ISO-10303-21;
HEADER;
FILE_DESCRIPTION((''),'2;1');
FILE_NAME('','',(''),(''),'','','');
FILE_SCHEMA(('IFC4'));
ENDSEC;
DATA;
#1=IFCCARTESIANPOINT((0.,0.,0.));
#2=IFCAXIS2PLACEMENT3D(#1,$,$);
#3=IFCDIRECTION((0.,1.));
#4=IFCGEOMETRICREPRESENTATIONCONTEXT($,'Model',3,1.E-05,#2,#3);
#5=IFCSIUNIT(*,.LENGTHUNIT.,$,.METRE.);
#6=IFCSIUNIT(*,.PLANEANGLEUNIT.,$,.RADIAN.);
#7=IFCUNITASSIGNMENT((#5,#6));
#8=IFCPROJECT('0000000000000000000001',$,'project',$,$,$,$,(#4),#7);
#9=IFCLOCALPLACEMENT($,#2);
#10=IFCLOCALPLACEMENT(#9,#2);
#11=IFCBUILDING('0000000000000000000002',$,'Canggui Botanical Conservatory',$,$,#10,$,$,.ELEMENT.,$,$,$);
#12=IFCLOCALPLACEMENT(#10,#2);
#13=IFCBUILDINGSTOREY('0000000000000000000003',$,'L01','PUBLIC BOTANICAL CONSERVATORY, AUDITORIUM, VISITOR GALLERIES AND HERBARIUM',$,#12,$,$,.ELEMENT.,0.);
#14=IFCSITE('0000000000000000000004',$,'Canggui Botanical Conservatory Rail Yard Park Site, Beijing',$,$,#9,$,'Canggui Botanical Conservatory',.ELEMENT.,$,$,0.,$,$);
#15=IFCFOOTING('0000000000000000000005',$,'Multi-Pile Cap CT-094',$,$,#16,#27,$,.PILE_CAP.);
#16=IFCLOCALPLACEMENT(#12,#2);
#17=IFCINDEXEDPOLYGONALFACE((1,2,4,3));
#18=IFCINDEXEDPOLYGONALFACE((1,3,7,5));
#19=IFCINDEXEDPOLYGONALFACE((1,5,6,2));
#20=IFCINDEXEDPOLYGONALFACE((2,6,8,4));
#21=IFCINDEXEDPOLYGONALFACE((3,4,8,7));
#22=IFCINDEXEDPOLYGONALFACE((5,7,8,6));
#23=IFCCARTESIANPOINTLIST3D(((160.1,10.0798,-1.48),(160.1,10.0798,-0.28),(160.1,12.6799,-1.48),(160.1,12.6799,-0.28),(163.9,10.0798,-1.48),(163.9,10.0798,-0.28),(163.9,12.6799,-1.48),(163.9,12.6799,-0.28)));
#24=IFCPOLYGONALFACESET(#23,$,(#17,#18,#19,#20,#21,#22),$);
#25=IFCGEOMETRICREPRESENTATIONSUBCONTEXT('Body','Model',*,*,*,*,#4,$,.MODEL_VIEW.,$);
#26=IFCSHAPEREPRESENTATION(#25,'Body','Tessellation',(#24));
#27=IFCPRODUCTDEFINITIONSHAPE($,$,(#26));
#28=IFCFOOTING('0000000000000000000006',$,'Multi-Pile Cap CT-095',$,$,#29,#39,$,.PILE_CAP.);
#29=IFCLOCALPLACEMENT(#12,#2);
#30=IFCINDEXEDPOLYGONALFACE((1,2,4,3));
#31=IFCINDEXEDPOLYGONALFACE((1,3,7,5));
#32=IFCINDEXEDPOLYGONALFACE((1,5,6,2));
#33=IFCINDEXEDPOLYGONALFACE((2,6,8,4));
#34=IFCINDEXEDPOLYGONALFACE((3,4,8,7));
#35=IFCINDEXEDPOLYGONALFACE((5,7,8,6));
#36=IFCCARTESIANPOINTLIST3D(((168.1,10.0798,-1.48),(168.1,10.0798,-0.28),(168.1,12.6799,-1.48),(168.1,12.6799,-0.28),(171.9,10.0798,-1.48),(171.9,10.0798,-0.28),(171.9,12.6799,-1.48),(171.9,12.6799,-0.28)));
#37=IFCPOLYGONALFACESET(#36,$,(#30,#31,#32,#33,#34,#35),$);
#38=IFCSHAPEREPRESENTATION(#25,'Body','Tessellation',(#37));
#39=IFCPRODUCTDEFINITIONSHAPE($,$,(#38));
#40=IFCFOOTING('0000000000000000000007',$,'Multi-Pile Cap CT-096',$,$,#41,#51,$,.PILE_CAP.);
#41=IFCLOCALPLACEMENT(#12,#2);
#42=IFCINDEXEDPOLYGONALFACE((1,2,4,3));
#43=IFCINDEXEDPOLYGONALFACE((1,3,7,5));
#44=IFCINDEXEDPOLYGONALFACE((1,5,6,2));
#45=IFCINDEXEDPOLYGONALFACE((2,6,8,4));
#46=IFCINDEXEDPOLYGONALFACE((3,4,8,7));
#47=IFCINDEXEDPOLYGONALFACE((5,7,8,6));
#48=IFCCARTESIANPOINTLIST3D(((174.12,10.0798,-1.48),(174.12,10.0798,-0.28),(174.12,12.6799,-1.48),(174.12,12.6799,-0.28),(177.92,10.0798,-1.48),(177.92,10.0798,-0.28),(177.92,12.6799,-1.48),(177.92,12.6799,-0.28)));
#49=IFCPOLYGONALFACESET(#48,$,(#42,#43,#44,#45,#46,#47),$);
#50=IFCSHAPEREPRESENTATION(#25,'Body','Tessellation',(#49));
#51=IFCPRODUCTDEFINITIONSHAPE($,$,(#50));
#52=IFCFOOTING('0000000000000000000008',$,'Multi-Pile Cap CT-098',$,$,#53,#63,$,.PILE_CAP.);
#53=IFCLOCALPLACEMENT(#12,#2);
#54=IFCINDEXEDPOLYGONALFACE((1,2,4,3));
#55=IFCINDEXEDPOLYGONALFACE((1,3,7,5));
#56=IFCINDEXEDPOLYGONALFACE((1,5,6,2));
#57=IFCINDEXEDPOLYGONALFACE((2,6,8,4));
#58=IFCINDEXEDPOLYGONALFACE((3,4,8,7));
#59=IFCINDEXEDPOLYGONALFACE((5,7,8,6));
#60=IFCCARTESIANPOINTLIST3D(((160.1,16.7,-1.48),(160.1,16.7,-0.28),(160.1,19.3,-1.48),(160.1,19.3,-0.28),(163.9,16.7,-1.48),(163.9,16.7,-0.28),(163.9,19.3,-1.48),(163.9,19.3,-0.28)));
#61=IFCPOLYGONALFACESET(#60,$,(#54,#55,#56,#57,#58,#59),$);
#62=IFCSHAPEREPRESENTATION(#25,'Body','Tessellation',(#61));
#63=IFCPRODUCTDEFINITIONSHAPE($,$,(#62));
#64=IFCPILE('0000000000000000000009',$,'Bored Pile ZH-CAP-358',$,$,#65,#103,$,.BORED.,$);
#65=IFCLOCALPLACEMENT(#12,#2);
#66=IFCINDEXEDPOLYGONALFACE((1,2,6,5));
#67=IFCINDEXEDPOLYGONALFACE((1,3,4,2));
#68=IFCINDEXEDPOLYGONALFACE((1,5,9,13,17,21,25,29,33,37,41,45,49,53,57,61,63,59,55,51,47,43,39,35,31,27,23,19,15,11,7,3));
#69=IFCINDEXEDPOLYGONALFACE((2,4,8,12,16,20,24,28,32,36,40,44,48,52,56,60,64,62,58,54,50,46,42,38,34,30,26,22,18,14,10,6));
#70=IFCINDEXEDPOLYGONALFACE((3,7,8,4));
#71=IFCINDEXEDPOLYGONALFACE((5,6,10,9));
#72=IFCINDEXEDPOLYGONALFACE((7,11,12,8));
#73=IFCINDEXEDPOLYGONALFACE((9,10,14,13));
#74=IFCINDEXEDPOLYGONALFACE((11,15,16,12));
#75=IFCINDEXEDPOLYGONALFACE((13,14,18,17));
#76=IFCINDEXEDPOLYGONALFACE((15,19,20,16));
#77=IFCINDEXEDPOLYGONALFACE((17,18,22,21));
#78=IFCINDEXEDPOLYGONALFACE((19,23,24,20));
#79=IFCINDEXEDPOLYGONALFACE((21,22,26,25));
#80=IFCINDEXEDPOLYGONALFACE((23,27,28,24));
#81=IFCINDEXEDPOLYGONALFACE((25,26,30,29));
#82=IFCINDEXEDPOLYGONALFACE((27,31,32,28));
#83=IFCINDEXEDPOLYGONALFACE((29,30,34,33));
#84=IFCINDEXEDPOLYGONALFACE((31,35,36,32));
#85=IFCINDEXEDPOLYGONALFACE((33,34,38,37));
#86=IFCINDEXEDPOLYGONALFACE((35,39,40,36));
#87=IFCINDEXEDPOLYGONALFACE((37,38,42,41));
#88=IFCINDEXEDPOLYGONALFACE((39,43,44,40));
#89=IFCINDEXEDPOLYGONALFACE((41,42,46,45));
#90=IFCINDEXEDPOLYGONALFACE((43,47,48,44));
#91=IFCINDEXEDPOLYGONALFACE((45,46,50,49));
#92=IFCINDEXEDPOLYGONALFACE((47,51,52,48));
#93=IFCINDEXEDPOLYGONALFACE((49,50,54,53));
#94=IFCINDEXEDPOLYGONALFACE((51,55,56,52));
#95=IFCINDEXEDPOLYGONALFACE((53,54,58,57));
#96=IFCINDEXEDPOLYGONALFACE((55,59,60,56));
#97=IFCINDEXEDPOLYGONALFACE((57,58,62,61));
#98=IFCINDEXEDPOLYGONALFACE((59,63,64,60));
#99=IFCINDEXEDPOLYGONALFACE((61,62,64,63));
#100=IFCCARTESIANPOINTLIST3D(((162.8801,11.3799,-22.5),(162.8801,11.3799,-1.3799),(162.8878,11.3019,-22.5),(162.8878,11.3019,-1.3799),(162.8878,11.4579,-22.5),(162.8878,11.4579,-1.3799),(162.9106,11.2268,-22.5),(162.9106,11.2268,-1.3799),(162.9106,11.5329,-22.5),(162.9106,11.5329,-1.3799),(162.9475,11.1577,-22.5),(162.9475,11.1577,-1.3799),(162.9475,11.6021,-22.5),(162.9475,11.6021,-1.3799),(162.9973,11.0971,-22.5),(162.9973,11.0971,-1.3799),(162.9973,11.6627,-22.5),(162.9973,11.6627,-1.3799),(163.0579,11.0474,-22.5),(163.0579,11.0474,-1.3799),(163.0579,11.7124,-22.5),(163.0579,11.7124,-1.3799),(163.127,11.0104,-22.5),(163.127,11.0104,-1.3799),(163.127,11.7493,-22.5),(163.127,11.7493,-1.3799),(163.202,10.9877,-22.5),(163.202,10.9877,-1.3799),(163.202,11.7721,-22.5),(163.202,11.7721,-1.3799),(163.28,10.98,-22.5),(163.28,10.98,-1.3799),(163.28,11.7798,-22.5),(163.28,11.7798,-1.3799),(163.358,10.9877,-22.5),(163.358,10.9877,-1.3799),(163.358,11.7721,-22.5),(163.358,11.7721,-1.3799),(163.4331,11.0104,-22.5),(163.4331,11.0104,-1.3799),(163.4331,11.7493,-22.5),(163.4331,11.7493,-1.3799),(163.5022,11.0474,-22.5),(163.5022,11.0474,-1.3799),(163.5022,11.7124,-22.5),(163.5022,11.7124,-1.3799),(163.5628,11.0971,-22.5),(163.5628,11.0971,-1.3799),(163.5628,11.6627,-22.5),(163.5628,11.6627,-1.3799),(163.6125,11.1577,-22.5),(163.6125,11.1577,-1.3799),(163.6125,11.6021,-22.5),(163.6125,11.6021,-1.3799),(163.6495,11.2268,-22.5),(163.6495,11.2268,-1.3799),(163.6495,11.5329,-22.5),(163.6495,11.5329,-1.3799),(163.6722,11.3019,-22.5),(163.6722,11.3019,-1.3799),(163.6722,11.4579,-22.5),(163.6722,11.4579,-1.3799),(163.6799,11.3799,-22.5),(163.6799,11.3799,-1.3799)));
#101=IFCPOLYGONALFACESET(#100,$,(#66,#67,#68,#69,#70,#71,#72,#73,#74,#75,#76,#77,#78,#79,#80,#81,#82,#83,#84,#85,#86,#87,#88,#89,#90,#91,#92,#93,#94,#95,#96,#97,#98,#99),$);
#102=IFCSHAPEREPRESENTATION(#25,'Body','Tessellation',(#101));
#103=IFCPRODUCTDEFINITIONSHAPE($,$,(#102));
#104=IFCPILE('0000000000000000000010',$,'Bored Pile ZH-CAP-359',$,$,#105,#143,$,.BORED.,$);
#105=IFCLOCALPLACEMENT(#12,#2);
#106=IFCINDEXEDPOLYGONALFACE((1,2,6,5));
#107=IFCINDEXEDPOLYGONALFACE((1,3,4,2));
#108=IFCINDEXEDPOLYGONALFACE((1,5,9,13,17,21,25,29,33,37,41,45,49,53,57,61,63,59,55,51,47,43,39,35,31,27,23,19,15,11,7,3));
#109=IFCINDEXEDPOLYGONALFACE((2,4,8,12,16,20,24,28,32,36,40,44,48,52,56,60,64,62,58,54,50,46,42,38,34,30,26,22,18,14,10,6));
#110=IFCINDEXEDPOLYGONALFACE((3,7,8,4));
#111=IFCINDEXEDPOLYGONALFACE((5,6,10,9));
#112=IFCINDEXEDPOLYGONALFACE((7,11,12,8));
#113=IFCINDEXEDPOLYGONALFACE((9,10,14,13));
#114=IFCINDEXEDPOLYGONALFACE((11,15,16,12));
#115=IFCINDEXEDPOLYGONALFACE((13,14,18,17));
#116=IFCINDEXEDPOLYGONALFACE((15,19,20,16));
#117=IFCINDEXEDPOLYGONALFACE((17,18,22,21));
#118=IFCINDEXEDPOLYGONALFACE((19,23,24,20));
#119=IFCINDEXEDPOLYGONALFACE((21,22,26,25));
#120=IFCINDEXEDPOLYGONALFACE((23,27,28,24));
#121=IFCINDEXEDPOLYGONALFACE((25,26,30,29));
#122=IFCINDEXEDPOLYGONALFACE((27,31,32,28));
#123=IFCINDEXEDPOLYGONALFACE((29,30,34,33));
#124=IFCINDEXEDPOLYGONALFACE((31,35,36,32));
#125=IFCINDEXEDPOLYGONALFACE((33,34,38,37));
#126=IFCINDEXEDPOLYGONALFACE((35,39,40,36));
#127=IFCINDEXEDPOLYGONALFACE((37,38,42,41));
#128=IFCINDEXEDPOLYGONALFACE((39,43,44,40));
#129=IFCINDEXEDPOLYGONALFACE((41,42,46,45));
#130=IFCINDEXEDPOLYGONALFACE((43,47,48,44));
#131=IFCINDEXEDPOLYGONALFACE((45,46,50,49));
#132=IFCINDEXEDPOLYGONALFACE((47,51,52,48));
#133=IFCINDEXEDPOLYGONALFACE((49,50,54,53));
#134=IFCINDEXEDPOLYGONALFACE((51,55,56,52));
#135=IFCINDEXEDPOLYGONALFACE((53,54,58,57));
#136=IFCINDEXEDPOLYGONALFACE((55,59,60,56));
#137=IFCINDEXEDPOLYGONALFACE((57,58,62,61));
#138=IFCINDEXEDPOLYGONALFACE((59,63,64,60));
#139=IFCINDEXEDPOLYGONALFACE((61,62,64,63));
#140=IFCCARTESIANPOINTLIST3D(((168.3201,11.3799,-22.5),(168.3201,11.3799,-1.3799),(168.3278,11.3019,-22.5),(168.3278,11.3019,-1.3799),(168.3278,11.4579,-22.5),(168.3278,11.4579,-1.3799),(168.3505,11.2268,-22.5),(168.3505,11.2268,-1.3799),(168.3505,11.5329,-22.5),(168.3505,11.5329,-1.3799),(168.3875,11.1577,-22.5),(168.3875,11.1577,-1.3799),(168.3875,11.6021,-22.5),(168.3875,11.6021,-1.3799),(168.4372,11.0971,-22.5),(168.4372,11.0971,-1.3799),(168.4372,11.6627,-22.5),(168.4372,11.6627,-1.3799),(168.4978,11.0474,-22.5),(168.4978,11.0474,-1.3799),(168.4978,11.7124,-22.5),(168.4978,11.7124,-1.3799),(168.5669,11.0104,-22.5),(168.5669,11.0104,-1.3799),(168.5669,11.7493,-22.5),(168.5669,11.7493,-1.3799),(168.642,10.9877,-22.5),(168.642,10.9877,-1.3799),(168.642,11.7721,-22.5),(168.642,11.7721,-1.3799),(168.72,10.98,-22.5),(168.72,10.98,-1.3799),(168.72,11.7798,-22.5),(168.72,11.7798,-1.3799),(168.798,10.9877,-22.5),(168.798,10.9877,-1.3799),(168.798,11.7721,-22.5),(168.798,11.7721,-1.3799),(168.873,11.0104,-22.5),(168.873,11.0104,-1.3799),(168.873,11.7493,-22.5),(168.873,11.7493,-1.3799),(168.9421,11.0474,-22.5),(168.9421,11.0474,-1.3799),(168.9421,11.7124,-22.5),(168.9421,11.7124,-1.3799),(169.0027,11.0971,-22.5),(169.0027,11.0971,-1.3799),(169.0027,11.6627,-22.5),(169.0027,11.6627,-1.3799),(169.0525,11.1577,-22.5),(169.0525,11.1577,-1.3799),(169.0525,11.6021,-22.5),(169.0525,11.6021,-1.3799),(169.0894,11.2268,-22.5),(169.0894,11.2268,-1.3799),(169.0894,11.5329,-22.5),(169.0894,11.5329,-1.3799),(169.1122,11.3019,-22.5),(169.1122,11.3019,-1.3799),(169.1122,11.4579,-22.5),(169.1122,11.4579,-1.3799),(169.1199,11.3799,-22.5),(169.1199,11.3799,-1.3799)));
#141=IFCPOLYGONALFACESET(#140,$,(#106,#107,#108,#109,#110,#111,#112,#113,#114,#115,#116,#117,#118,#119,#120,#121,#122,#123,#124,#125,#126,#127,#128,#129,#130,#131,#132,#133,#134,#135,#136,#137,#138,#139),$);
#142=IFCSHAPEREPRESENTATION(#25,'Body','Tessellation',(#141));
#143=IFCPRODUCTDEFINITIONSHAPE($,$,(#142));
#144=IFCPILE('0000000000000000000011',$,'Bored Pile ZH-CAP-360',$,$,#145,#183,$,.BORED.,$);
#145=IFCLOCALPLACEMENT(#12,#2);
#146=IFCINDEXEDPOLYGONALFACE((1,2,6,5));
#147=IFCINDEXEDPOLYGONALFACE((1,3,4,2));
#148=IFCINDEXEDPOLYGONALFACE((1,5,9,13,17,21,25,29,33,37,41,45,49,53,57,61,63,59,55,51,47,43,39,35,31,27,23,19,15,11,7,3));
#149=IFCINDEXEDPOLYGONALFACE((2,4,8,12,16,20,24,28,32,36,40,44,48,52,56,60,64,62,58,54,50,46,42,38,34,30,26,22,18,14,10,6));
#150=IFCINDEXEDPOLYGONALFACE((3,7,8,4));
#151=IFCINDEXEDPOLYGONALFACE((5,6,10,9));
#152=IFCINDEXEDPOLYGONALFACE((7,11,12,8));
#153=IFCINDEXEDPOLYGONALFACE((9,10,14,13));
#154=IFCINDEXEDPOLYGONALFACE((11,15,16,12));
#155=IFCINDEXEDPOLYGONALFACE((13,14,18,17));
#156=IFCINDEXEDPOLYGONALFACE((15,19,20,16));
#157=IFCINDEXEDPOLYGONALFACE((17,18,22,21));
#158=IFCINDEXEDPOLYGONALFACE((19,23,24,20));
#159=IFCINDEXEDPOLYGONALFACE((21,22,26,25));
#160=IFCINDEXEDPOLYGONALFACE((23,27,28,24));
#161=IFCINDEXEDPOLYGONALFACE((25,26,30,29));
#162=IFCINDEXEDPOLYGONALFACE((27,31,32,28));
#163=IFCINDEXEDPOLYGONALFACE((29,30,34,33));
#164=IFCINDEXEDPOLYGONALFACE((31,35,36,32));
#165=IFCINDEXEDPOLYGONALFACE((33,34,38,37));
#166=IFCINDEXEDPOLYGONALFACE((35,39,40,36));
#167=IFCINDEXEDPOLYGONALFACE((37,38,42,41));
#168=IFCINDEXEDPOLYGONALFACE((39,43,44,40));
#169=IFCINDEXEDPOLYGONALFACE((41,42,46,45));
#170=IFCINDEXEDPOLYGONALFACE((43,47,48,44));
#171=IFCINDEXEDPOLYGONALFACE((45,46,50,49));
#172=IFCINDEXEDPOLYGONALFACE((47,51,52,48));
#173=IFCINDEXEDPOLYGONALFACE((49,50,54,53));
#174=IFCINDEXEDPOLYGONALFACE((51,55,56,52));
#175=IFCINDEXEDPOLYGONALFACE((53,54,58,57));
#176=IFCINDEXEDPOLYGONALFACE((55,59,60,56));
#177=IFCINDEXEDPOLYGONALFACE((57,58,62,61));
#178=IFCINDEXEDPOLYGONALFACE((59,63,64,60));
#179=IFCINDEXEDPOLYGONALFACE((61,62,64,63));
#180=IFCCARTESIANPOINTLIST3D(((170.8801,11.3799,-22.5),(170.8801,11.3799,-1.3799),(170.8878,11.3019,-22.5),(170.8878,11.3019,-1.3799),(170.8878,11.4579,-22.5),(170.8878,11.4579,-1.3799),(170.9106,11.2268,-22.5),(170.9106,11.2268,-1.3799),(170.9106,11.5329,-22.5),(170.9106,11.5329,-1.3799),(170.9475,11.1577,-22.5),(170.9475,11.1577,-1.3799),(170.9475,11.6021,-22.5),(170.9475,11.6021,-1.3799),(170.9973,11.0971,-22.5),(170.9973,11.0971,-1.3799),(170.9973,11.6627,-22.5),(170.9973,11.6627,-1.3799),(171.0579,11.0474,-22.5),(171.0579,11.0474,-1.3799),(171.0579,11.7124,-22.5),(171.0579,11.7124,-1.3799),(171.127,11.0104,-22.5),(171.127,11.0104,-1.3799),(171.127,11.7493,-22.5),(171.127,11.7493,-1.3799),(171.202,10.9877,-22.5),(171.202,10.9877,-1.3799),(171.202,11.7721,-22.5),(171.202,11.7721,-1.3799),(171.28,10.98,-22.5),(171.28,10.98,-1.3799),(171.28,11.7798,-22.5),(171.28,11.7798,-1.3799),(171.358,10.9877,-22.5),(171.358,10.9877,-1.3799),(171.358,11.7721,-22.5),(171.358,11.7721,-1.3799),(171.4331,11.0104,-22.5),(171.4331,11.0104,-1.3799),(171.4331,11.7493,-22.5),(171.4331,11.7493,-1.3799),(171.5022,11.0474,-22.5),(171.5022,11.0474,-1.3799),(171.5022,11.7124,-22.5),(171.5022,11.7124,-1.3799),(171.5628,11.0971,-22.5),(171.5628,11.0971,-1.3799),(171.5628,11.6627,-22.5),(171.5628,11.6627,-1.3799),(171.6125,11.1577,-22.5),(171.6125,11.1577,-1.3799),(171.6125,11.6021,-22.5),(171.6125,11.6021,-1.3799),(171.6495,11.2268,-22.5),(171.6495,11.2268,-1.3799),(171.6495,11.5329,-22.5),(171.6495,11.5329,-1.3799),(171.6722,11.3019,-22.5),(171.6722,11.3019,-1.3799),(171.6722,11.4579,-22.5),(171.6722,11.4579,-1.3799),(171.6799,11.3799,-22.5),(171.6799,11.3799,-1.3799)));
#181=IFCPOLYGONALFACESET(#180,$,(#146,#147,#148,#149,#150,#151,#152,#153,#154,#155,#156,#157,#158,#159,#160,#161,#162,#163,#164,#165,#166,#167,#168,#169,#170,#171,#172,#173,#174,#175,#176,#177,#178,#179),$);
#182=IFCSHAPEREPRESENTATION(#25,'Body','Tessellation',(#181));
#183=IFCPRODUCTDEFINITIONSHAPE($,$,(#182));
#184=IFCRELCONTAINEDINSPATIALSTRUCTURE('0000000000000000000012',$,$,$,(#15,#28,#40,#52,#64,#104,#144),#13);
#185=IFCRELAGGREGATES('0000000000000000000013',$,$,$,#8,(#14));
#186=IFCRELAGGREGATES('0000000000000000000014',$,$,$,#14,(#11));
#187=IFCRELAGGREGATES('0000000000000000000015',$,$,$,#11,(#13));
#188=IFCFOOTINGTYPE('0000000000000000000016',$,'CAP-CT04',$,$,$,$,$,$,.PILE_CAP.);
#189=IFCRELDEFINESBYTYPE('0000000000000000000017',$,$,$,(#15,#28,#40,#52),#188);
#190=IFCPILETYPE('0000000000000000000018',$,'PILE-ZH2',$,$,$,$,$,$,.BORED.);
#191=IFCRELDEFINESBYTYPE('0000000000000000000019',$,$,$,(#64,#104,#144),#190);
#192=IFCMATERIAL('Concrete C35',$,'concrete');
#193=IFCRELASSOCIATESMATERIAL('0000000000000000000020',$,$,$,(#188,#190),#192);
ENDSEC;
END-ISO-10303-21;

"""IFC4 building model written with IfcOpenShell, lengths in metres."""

from ifc_helpers import new_model, si_unit, direction, frame, origin, origin_2d, place, context, subcontext, project, spatial, rectangle, circle, extrude, material, material_profile, profile_set, type_object, element, save


model = new_model("IFC4")

# Units and contexts
model_context = context("Model", 3, precision=1e-05, world=origin(), true_north=direction((0.0, 1.0)))
body_context = subcontext(model_context, "Body", "Model", "MODEL_VIEW")
ifc_project = project(units=[si_unit("LENGTHUNIT", "METRE"), si_unit("PLANEANGLEUNIT", "RADIAN")], contexts=[model_context])

# Site, building, storey
site_placement = place(None, origin())
site = spatial("IfcSite", under=ifc_project, at=site_placement, Name="Canggui Botanical Conservatory Rail Yard Park Site, Beijing", LongName="Canggui Botanical Conservatory", CompositionType="ELEMENT", RefElevation=0.0)
building_placement = place(site_placement, origin())
building = spatial("IfcBuilding", under=site, at=building_placement, Name="Canggui Botanical Conservatory", CompositionType="ELEMENT")
storey_placement = place(building_placement, origin())
storey = spatial("IfcBuildingStorey", under=building, at=storey_placement, Name="L01", Description="PUBLIC BOTANICAL CONSERVATORY, AUDITORIUM, VISITOR GALLERIES AND HERBARIUM", CompositionType="ELEMENT", Elevation=0.0)

# Footings
ifc_material_1 = material(Name="Concrete C35", Category="concrete")
footing_type = type_object("IfcFootingType", Name="CAP-CT04", PredefinedType="PILE_CAP", material=ifc_material_1)
for number, where, z_axis, x_axis, name in (
    (1, (162.0, 11.3799, -1.48), (0.0, 0.0, 1.0), (1.0, 0.0, 0.0), "Multi-Pile Cap CT-094"),
    (2, (170.0, 11.3799, -1.48), (0.0, 0.0, 1.0), (1.0, 0.0, 0.0), "Multi-Pile Cap CT-095"),
    (3, (176.02, 11.3799, -1.48), (0.0, 0.0, 1.0), (1.0, 0.0, 0.0), "Multi-Pile Cap CT-096"),
    (4, (162.0, 18.0, -1.48), (0.0, 0.0, 1.0), (1.0, 0.0, 0.0), "Multi-Pile Cap CT-098"),
):
    element("IfcFooting", number, at=place(storey_placement, frame(where, z_axis=z_axis, x_axis=x_axis)), inside=storey, type_object=footing_type, Name=name, PredefinedType="PILE_CAP", context=body_context, shape_type="SweptSolid", body=[
        extrude(rectangle(XDim=3.8, YDim=2.6001, at=origin_2d()), origin(), (0.0, 0.0, 1.0), 1.2),
    ])

# Piles
ifc_material_profile_1 = material_profile(ifc_material_1, circle(Radius=0.3999, at=origin_2d()), Name="PILE D800")
ifc_profile_set_1 = profile_set([ifc_material_profile_1], Name="Concrete C35")
pile_type = type_object("IfcPileType", Name="PILE-ZH2", PredefinedType="BORED", material=ifc_profile_set_1)
for number, where, z_axis, x_axis, name in (
    (5, (163.28, 11.3799, -1.3799), (0.0, 0.0, -1.0), (1.0, 0.0, 0.0), "Bored Pile ZH-CAP-358"),
    (6, (168.72, 11.3799, -1.3799), (0.0, 0.0, -1.0), (1.0, 0.0, 0.0), "Bored Pile ZH-CAP-359"),
    (7, (171.28, 11.3799, -1.3799), (0.0, 0.0, -1.0), (1.0, 0.0, 0.0), "Bored Pile ZH-CAP-360"),
):
    element("IfcPile", number, at=place(storey_placement, frame(where, z_axis=z_axis, x_axis=x_axis)), inside=storey, type_object=pile_type, Name=name, PredefinedType="BORED", context=body_context, shape_type="SweptSolid", body=[
        extrude(circle(Radius=0.3999, at=origin_2d()), origin(), (0.0, 0.0, 1.0), 21.1201),
    ])

save(model, "model.ifc")
